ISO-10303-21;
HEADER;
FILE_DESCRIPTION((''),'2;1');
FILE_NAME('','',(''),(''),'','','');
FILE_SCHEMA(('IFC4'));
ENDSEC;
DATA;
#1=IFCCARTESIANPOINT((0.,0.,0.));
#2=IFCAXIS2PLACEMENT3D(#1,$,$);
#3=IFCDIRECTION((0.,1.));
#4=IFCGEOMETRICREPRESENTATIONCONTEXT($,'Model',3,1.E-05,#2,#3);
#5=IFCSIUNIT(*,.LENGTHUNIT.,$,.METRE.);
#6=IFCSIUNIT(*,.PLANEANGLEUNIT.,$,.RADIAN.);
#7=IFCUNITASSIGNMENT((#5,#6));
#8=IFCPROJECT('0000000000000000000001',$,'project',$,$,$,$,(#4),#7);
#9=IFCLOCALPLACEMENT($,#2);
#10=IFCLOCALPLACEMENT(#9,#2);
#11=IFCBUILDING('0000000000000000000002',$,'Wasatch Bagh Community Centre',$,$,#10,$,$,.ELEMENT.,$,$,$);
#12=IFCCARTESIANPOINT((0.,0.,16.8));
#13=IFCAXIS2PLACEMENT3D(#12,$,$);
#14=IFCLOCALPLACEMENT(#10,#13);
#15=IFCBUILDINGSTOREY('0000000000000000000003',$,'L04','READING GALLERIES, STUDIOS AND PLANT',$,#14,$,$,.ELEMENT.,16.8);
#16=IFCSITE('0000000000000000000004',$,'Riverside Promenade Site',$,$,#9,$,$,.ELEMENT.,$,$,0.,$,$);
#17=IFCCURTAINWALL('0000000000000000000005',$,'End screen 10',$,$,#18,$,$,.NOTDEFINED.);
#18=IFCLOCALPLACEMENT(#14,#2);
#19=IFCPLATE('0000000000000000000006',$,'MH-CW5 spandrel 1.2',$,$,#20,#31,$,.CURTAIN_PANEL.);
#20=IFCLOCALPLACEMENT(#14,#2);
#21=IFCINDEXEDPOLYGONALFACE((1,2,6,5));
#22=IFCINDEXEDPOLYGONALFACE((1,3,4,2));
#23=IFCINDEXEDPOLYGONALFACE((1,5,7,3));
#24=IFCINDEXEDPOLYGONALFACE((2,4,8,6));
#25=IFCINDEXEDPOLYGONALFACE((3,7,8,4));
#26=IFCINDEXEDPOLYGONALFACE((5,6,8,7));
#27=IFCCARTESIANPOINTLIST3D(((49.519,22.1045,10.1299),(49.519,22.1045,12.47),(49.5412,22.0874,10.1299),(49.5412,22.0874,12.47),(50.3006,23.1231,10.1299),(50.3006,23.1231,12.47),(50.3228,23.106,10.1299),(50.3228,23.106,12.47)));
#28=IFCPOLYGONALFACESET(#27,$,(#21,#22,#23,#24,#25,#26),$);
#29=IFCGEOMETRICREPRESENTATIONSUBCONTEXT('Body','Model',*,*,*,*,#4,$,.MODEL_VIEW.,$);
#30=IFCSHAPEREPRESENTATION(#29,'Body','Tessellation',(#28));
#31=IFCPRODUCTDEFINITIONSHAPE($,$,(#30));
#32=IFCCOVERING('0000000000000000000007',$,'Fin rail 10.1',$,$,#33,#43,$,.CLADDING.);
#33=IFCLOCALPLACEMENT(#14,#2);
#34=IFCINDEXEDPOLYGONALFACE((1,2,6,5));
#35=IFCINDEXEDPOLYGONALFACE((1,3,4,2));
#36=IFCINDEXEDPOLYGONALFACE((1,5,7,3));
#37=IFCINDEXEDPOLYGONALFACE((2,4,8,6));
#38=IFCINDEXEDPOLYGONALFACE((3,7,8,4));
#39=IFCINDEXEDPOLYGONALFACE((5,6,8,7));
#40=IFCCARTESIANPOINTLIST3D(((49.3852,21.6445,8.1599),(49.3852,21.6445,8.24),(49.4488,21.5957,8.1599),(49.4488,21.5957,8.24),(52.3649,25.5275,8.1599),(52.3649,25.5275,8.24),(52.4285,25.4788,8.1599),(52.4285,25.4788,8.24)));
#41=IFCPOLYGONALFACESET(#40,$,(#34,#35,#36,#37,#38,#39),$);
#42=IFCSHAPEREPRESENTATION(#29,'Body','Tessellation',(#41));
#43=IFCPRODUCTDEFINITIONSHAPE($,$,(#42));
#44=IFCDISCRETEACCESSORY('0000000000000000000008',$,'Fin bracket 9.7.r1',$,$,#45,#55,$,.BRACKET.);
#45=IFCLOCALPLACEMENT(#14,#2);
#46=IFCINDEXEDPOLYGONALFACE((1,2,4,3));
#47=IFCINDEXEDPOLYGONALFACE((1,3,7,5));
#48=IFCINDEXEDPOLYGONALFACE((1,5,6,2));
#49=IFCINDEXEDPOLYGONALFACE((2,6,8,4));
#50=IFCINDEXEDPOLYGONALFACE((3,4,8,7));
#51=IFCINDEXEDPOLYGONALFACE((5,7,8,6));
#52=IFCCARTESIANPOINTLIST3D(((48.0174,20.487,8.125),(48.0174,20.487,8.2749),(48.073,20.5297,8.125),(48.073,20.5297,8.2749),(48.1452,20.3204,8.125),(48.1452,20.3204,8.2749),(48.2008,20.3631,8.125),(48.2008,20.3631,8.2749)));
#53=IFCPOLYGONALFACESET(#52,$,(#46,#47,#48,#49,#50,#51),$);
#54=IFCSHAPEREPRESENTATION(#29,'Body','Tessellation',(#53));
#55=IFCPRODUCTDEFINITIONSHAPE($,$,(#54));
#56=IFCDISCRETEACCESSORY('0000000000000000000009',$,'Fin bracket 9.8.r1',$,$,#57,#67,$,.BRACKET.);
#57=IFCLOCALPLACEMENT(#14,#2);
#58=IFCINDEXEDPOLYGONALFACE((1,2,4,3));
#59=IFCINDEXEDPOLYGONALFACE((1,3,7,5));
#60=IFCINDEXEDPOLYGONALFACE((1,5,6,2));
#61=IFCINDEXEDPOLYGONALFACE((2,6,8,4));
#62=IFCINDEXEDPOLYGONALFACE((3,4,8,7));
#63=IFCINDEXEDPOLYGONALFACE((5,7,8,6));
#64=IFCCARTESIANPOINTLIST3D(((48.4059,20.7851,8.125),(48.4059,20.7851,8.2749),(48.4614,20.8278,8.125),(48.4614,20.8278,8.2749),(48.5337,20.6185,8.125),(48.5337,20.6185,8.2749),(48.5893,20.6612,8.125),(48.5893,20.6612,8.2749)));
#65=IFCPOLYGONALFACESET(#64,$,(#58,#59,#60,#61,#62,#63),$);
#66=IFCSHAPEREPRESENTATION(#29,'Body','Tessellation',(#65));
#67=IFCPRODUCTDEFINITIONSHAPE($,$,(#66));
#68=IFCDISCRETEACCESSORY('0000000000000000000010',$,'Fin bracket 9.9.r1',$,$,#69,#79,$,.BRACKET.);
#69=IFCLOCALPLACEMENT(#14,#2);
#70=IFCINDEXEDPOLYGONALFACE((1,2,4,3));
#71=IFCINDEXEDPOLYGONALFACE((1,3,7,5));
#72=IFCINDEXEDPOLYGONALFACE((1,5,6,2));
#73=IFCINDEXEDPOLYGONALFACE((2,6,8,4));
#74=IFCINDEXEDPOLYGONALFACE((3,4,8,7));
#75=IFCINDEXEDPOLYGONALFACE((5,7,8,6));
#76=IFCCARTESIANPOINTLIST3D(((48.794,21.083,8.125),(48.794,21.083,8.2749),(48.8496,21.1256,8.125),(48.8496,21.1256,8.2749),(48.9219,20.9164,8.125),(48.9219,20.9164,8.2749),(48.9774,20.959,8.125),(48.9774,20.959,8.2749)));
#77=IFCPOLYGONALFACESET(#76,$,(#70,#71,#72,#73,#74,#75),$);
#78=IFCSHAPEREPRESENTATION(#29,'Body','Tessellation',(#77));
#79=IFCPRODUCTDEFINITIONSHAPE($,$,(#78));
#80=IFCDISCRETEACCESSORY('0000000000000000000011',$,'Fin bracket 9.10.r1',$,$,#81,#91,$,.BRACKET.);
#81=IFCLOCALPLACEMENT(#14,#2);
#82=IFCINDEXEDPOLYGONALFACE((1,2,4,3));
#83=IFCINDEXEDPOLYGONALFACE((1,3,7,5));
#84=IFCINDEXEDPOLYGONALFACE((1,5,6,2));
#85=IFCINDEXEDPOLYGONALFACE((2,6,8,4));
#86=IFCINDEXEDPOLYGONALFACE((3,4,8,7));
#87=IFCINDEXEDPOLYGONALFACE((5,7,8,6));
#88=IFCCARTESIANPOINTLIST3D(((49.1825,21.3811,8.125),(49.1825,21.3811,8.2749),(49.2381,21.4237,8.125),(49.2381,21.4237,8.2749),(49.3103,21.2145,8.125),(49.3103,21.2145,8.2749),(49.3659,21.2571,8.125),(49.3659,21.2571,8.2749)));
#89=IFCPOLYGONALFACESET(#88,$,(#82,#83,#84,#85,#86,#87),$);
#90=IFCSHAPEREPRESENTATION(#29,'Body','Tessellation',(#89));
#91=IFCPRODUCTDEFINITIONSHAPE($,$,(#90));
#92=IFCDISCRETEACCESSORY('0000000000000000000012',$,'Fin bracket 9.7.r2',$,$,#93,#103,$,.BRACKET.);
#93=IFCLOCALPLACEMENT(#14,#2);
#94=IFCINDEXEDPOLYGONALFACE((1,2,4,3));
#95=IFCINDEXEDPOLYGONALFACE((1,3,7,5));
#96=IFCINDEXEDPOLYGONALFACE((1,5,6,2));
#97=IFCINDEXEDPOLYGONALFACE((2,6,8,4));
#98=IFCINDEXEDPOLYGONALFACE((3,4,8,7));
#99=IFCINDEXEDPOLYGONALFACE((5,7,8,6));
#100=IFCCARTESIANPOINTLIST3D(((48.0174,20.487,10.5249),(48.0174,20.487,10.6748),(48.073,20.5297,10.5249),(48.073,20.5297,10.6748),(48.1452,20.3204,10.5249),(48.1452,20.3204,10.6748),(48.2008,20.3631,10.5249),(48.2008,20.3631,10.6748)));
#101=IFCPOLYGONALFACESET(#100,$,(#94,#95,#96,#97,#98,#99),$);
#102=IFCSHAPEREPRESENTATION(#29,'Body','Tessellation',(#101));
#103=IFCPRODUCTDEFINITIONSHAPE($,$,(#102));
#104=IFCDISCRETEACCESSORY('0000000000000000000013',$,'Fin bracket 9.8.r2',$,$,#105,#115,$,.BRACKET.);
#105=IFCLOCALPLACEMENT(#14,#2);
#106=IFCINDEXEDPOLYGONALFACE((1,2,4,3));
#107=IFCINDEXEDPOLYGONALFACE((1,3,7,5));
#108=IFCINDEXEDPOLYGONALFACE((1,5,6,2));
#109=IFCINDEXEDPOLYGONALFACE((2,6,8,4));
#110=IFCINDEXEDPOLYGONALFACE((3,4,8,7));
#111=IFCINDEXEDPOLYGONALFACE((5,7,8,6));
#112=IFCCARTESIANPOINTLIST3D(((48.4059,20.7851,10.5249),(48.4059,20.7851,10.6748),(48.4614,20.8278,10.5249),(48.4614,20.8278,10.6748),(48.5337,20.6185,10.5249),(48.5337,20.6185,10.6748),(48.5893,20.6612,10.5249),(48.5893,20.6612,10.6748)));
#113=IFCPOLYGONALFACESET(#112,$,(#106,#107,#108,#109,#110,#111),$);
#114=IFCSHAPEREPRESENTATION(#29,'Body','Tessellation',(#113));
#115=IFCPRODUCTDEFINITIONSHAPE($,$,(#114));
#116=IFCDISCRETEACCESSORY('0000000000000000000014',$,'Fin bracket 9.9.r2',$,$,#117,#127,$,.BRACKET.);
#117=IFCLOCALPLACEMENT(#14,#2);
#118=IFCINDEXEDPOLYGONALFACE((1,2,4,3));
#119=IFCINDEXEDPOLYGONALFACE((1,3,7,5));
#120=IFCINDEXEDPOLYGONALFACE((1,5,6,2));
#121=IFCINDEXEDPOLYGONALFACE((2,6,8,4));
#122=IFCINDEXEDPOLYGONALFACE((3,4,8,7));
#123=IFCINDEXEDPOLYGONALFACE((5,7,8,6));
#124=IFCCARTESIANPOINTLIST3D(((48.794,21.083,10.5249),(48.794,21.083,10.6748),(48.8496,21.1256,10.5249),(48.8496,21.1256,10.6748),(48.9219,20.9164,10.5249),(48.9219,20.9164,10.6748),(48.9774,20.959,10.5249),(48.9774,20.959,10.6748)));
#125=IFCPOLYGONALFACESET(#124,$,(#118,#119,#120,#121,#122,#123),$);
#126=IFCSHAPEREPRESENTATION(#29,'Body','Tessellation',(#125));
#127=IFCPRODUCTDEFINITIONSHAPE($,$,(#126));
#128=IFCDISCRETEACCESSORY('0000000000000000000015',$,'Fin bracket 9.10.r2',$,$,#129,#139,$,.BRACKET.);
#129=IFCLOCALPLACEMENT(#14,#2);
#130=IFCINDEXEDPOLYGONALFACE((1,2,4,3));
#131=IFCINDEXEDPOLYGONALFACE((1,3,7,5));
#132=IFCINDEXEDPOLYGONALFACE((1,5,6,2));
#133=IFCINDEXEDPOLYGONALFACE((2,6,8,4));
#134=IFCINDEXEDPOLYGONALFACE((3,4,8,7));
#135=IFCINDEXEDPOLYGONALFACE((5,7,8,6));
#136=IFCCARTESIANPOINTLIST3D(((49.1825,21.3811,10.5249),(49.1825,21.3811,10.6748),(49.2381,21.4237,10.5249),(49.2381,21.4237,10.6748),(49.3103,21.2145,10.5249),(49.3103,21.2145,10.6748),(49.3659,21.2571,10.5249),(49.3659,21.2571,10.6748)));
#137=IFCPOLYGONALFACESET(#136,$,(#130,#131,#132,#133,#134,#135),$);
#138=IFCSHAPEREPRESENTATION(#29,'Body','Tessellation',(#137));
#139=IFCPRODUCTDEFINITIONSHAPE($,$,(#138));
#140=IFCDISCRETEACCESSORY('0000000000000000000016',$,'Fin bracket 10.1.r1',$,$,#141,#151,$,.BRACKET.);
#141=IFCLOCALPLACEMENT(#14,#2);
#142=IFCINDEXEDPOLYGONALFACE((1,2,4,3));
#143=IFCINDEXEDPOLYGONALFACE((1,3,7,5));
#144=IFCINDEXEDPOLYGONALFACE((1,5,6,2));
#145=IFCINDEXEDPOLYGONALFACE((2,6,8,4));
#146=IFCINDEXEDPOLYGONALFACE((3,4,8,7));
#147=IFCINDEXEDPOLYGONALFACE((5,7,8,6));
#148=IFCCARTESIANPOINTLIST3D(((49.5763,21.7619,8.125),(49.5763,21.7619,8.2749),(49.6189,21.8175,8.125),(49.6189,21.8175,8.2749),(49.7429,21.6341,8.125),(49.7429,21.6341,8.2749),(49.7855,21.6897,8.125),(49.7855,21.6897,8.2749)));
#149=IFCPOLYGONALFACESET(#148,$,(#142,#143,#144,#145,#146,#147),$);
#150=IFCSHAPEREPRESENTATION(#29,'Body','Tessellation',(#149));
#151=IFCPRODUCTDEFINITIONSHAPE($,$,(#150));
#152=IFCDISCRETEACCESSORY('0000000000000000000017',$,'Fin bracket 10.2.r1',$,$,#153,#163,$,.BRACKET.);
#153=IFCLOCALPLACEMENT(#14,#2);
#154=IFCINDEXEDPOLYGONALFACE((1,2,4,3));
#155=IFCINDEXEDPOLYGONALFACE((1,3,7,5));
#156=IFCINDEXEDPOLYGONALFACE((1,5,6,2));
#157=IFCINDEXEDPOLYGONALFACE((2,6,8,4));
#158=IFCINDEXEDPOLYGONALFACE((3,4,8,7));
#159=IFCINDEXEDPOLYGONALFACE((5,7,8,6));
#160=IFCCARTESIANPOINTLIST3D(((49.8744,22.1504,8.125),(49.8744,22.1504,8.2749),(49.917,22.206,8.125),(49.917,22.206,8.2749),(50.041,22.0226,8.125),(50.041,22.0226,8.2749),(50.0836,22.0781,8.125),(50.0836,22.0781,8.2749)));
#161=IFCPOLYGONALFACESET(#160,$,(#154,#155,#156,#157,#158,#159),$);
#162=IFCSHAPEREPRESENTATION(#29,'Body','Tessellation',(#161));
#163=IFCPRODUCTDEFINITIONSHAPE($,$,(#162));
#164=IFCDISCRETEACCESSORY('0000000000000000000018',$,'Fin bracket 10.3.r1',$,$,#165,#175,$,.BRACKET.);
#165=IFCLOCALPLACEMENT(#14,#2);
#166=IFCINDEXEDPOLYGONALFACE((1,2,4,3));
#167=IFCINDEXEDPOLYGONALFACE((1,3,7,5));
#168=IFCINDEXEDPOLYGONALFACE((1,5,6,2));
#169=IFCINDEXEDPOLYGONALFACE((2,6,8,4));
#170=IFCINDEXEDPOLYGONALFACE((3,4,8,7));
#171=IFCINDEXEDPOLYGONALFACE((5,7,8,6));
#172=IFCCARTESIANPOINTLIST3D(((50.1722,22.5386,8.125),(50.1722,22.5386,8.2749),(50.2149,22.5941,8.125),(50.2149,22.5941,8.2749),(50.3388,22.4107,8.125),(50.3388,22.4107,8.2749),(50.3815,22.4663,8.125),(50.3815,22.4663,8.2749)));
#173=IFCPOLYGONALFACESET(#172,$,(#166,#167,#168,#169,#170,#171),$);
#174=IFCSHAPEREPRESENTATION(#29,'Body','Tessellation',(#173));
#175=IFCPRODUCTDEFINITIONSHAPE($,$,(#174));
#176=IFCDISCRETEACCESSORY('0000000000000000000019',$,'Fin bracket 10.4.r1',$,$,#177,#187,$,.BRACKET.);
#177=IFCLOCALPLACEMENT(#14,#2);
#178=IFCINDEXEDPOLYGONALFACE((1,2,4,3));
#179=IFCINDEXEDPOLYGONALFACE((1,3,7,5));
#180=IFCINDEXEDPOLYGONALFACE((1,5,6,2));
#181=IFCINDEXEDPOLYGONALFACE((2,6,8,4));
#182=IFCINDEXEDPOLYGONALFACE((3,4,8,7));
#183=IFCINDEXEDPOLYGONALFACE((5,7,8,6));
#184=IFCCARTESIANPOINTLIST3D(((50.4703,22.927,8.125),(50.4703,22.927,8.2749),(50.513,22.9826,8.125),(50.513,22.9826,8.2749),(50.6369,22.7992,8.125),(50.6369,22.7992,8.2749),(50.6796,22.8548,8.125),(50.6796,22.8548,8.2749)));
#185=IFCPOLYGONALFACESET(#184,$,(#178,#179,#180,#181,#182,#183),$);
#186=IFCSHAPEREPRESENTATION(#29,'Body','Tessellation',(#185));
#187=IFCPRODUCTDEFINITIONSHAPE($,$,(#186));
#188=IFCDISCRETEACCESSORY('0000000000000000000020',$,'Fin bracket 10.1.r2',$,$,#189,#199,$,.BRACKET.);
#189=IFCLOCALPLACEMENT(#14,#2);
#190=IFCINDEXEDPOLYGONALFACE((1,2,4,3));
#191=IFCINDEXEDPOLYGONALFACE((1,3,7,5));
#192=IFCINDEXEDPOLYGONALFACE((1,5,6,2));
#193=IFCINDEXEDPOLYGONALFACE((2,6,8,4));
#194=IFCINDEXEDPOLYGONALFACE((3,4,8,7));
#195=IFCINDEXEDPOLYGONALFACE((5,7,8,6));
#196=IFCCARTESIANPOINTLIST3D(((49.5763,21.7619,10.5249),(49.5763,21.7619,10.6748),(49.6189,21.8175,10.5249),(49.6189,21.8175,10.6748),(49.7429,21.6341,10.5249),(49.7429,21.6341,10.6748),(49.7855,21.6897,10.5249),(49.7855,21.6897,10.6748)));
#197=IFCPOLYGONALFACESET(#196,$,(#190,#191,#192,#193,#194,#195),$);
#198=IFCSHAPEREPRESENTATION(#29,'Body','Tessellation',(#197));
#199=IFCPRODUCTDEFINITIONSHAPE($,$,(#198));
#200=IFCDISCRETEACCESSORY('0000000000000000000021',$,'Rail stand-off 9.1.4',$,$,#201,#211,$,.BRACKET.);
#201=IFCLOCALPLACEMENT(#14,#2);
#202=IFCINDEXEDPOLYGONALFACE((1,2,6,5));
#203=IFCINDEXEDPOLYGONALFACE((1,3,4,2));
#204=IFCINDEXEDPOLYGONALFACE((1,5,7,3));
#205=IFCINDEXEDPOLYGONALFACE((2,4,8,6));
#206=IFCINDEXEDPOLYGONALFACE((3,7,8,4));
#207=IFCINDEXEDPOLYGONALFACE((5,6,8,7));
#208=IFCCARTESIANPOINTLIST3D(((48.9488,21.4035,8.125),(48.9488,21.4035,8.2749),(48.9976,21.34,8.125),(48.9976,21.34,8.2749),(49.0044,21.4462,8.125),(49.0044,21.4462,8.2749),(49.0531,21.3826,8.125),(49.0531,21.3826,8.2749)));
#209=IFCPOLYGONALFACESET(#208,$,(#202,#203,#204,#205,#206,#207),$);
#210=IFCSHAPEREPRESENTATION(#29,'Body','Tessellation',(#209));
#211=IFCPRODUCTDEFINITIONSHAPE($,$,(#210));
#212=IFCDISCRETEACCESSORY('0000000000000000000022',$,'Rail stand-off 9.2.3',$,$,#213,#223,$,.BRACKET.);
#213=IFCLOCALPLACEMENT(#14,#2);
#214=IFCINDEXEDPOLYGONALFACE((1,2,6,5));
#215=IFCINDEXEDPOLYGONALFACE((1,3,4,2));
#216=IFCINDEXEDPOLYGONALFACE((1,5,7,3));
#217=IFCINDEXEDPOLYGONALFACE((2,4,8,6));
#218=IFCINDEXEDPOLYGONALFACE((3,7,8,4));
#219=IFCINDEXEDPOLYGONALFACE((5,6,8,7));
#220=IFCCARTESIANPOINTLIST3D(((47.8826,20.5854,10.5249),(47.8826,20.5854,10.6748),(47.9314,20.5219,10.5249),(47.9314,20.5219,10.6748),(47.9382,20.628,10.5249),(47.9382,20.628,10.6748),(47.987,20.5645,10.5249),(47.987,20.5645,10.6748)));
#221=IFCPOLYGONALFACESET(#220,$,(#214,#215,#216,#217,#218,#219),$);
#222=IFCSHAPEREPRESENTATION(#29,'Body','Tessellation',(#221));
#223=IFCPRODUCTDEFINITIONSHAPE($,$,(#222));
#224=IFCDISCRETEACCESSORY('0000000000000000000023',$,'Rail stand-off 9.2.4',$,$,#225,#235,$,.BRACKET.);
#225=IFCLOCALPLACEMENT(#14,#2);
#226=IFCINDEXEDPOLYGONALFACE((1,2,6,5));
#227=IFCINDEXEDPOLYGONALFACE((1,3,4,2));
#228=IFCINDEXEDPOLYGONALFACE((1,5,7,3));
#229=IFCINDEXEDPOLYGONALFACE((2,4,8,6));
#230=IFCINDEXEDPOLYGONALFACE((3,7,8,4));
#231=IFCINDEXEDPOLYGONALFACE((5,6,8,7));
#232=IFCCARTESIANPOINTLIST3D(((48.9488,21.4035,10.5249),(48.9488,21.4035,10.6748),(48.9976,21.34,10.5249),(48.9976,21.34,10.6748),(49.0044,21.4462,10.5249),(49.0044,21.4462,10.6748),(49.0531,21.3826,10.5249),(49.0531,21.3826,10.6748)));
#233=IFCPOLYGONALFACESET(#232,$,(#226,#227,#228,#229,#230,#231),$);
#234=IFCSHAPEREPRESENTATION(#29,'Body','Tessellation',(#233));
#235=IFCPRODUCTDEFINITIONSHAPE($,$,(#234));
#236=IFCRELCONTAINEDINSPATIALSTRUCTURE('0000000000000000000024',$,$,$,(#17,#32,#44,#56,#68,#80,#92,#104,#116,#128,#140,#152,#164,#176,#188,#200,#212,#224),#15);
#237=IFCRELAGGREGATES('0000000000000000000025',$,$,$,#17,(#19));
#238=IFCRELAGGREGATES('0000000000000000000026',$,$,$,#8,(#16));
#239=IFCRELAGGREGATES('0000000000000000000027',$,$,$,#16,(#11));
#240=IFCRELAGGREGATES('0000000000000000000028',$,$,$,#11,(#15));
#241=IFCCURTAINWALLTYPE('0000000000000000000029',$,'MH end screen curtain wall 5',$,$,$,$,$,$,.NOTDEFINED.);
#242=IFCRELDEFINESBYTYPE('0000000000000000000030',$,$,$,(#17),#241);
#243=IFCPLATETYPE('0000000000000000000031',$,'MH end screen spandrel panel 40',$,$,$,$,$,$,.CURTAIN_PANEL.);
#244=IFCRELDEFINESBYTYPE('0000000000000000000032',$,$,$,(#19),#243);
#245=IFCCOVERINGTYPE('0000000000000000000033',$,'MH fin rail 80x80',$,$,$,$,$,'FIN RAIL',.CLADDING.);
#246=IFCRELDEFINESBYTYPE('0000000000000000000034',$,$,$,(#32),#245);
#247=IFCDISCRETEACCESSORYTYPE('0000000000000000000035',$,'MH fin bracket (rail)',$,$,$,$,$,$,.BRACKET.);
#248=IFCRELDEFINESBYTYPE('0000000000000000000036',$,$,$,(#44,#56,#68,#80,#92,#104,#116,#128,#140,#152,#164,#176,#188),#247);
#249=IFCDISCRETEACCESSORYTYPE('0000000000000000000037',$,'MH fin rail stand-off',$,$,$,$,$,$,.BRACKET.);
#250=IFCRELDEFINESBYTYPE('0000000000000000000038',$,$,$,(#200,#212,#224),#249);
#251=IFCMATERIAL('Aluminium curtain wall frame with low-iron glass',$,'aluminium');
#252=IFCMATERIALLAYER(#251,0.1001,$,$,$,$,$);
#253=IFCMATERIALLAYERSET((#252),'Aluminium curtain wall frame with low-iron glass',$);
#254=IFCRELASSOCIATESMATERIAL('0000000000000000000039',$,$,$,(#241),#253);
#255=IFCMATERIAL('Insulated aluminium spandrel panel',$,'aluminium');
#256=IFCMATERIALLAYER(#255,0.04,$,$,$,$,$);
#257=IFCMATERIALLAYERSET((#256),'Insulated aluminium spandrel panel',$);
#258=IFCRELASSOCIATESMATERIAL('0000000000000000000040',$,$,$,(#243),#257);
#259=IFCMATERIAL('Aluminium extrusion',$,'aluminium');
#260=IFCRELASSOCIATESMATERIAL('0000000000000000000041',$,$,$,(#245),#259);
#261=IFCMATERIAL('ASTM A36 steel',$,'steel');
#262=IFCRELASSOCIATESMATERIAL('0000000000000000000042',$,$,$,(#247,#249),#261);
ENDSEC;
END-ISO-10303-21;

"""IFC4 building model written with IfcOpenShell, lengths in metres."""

from ifc_helpers import new_model, si_unit, direction, frame, origin, origin_2d, place, context, subcontext, project, spatial, rectangle, extrude, material, layer, layer_set, material_profile, profile_set, type_object, element, aggregate, save


model = new_model("IFC4")

# Units and contexts
model_context = context("Model", 3, precision=1e-05, world=origin(), true_north=direction((0.0, 1.0)))
body_context = subcontext(model_context, "Body", "Model", "MODEL_VIEW")
ifc_project = project(units=[si_unit("LENGTHUNIT", "METRE"), si_unit("PLANEANGLEUNIT", "RADIAN")], contexts=[model_context])

# Site, building, storey
site_placement = place(None, origin())
site = spatial("IfcSite", under=ifc_project, at=site_placement, Name="Riverside Promenade Site", CompositionType="ELEMENT", RefElevation=0.0)
building_placement = place(site_placement, origin())
building = spatial("IfcBuilding", under=site, at=building_placement, Name="Wasatch Bagh Community Centre", CompositionType="ELEMENT")
storey_placement = place(building_placement, frame((0.0, 0.0, 16.8)))
storey = spatial("IfcBuildingStorey", under=building, at=storey_placement, Name="L04", Description="READING GALLERIES, STUDIOS AND PLANT", CompositionType="ELEMENT", Elevation=16.8)

# Curtain wall
ifc_material_1 = material(Name="Aluminium curtain wall frame with low-iron glass", Category="aluminium")
ifc_layer_1 = layer(ifc_material_1, 0.1001)
ifc_layer_set_1 = layer_set([ifc_layer_1], Name="Aluminium curtain wall frame with low-iron glass")
curtain_wall_type_1 = type_object("IfcCurtainWallType", Name="MH end screen curtain wall 5", PredefinedType="NOTDEFINED", material=ifc_layer_set_1)
curtain_wall_1_placement = place(storey_placement, origin())
curtain_wall_1 = element("IfcCurtainWall", 1, at=curtain_wall_1_placement, inside=storey, type_object=curtain_wall_type_1, Name="End screen 10", PredefinedType="NOTDEFINED")
ifc_material_2 = material(Name="Aluminium extrusion", Category="aluminium")

# Shared definitions
ifc_material_3 = material(Name="Insulated aluminium spandrel panel", Category="aluminium")
ifc_layer_2 = layer(ifc_material_3, 0.04)
ifc_layer_set_2 = layer_set([ifc_layer_2], Name="Insulated aluminium spandrel panel")
plate_type = type_object("IfcPlateType", Name="MH end screen spandrel panel 40", PredefinedType="CURTAIN_PANEL", material=ifc_layer_set_2)

# Plate
plate_1_placement = place(storey_placement, frame((49.9209, 22.6052, 10.1299), z_axis=(0.0, 0.0, 1.0), x_axis=(0.608761, 0.793353, 0.0)))
plate_1 = element("IfcPlate", 2, at=plate_1_placement, type_object=plate_type, Name="MH-CW5 spandrel 1.2", PredefinedType="CURTAIN_PANEL", context=body_context, shape_type="SweptSolid", body=[
    extrude(rectangle(XDim=1.2839, YDim=0.0281, at=origin_2d()), origin(), (0.0, 0.0, 1.0), 2.3401),
])
aggregate(curtain_wall_1, [plate_1])

# Covering
ifc_material_profile_1 = material_profile(ifc_material_2, rectangle(XDim=0.0801, YDim=0.0801, at=origin_2d()), Name="AL 80x80")
ifc_profile_set_1 = profile_set([ifc_material_profile_1], Name="Aluminium extrusion")
covering_type = type_object("IfcCoveringType", Name="MH fin rail 80x80", ElementType="FIN RAIL", PredefinedType="CLADDING", material=ifc_profile_set_1)
covering_placement = place(storey_placement, frame((49.417, 21.6201, 8.2), z_axis=(0.608782, 0.793337, 0.0), x_axis=(-0.793337, 0.608782, 0.0)))
element("IfcCovering", 3, at=covering_placement, inside=storey, type_object=covering_type, Name="Fin rail 10.1", PredefinedType="CLADDING", context=body_context, shape_type="SweptSolid", body=[
    extrude(rectangle(XDim=0.0801, YDim=0.0801, at=origin_2d()), origin(), (0.0, 0.0, 1.0), 4.8945),
])

# Discrete accessories
ifc_material_4 = material(Name="ASTM A36 steel", Category="steel")
discrete_accessory_type_1 = type_object("IfcDiscreteAccessoryType", Name="MH fin bracket (rail)", PredefinedType="BRACKET", material=ifc_material_4)
for number, where, z_axis, x_axis, name in (
    (4, (48.1091, 20.425, 8.125), (0.0, 0.0, 1.0), (0.793353, 0.608761, 0.0), "Fin bracket 9.7.r1"),
    (5, (48.4976, 20.7231, 8.125), (0.0, 0.0, 1.0), (0.793353, 0.608761, 0.0), "Fin bracket 9.8.r1"),
    (6, (48.8857, 21.021, 8.125), (0.0, 0.0, 1.0), (0.793353, 0.608761, 0.0), "Fin bracket 9.9.r1"),
    (7, (49.2742, 21.3191, 8.125), (0.0, 0.0, 1.0), (0.793353, 0.608761, 0.0), "Fin bracket 9.10.r1"),
    (8, (48.1091, 20.425, 10.5249), (0.0, 0.0, 1.0), (0.793353, 0.608761, 0.0), "Fin bracket 9.7.r2"),
    (9, (48.4976, 20.7231, 10.5249), (0.0, 0.0, 1.0), (0.793353, 0.608761, 0.0), "Fin bracket 9.8.r2"),
    (10, (48.8857, 21.021, 10.5249), (0.0, 0.0, 1.0), (0.793353, 0.608761, 0.0), "Fin bracket 9.9.r2"),
    (11, (49.2742, 21.3191, 10.5249), (0.0, 0.0, 1.0), (0.793353, 0.608761, 0.0), "Fin bracket 9.10.r2"),
    (12, (49.6809, 21.7258, 8.125), (0.0, 0.0, 1.0), (0.608761, 0.793353, 0.0), "Fin bracket 10.1.r1"),
    (13, (49.979, 22.1143, 8.125), (0.0, 0.0, 1.0), (0.608761, 0.793353, 0.0), "Fin bracket 10.2.r1"),
    (14, (50.2769, 22.5024, 8.125), (0.0, 0.0, 1.0), (0.608761, 0.793353, 0.0), "Fin bracket 10.3.r1"),
    (15, (50.575, 22.8909, 8.125), (0.0, 0.0, 1.0), (0.608761, 0.793353, 0.0), "Fin bracket 10.4.r1"),
    (16, (49.6809, 21.7258, 10.5249), (0.0, 0.0, 1.0), (0.608761, 0.793353, 0.0), "Fin bracket 10.1.r2"),
):
    element("IfcDiscreteAccessory", number, at=place(storey_placement, frame(where, z_axis=z_axis, x_axis=x_axis)), inside=storey, type_object=discrete_accessory_type_1, Name=name, PredefinedType="BRACKET", context=body_context, shape_type="SweptSolid", body=[
        extrude(rectangle(XDim=0.0701, YDim=0.21, at=origin_2d()), origin(), (0.0, 0.0, 1.0), 0.1499),
    ])
discrete_accessory_type_2 = type_object("IfcDiscreteAccessoryType", Name="MH fin rail stand-off", PredefinedType="BRACKET", material=ifc_material_4)
for number, where, z_axis, x_axis, name in (
    (17, (49.001, 21.3931, 8.125), (0.0, 0.0, 1.0), (0.793353, 0.608761, 0.0), "Rail stand-off 9.1.4"),
    (18, (47.9348, 20.575, 10.5249), (0.0, 0.0, 1.0), (0.793353, 0.608761, 0.0), "Rail stand-off 9.2.3"),
    (19, (49.001, 21.3931, 10.5249), (0.0, 0.0, 1.0), (0.793353, 0.608761, 0.0), "Rail stand-off 9.2.4"),
):
    element("IfcDiscreteAccessory", number, at=place(storey_placement, frame(where, z_axis=z_axis, x_axis=x_axis)), inside=storey, type_object=discrete_accessory_type_2, Name=name, PredefinedType="BRACKET", context=body_context, shape_type="SweptSolid", body=[
        extrude(rectangle(XDim=0.0701, YDim=0.0801, at=origin_2d()), origin(), (0.0, 0.0, 1.0), 0.1499),
    ])

save(model, "model.ifc")
